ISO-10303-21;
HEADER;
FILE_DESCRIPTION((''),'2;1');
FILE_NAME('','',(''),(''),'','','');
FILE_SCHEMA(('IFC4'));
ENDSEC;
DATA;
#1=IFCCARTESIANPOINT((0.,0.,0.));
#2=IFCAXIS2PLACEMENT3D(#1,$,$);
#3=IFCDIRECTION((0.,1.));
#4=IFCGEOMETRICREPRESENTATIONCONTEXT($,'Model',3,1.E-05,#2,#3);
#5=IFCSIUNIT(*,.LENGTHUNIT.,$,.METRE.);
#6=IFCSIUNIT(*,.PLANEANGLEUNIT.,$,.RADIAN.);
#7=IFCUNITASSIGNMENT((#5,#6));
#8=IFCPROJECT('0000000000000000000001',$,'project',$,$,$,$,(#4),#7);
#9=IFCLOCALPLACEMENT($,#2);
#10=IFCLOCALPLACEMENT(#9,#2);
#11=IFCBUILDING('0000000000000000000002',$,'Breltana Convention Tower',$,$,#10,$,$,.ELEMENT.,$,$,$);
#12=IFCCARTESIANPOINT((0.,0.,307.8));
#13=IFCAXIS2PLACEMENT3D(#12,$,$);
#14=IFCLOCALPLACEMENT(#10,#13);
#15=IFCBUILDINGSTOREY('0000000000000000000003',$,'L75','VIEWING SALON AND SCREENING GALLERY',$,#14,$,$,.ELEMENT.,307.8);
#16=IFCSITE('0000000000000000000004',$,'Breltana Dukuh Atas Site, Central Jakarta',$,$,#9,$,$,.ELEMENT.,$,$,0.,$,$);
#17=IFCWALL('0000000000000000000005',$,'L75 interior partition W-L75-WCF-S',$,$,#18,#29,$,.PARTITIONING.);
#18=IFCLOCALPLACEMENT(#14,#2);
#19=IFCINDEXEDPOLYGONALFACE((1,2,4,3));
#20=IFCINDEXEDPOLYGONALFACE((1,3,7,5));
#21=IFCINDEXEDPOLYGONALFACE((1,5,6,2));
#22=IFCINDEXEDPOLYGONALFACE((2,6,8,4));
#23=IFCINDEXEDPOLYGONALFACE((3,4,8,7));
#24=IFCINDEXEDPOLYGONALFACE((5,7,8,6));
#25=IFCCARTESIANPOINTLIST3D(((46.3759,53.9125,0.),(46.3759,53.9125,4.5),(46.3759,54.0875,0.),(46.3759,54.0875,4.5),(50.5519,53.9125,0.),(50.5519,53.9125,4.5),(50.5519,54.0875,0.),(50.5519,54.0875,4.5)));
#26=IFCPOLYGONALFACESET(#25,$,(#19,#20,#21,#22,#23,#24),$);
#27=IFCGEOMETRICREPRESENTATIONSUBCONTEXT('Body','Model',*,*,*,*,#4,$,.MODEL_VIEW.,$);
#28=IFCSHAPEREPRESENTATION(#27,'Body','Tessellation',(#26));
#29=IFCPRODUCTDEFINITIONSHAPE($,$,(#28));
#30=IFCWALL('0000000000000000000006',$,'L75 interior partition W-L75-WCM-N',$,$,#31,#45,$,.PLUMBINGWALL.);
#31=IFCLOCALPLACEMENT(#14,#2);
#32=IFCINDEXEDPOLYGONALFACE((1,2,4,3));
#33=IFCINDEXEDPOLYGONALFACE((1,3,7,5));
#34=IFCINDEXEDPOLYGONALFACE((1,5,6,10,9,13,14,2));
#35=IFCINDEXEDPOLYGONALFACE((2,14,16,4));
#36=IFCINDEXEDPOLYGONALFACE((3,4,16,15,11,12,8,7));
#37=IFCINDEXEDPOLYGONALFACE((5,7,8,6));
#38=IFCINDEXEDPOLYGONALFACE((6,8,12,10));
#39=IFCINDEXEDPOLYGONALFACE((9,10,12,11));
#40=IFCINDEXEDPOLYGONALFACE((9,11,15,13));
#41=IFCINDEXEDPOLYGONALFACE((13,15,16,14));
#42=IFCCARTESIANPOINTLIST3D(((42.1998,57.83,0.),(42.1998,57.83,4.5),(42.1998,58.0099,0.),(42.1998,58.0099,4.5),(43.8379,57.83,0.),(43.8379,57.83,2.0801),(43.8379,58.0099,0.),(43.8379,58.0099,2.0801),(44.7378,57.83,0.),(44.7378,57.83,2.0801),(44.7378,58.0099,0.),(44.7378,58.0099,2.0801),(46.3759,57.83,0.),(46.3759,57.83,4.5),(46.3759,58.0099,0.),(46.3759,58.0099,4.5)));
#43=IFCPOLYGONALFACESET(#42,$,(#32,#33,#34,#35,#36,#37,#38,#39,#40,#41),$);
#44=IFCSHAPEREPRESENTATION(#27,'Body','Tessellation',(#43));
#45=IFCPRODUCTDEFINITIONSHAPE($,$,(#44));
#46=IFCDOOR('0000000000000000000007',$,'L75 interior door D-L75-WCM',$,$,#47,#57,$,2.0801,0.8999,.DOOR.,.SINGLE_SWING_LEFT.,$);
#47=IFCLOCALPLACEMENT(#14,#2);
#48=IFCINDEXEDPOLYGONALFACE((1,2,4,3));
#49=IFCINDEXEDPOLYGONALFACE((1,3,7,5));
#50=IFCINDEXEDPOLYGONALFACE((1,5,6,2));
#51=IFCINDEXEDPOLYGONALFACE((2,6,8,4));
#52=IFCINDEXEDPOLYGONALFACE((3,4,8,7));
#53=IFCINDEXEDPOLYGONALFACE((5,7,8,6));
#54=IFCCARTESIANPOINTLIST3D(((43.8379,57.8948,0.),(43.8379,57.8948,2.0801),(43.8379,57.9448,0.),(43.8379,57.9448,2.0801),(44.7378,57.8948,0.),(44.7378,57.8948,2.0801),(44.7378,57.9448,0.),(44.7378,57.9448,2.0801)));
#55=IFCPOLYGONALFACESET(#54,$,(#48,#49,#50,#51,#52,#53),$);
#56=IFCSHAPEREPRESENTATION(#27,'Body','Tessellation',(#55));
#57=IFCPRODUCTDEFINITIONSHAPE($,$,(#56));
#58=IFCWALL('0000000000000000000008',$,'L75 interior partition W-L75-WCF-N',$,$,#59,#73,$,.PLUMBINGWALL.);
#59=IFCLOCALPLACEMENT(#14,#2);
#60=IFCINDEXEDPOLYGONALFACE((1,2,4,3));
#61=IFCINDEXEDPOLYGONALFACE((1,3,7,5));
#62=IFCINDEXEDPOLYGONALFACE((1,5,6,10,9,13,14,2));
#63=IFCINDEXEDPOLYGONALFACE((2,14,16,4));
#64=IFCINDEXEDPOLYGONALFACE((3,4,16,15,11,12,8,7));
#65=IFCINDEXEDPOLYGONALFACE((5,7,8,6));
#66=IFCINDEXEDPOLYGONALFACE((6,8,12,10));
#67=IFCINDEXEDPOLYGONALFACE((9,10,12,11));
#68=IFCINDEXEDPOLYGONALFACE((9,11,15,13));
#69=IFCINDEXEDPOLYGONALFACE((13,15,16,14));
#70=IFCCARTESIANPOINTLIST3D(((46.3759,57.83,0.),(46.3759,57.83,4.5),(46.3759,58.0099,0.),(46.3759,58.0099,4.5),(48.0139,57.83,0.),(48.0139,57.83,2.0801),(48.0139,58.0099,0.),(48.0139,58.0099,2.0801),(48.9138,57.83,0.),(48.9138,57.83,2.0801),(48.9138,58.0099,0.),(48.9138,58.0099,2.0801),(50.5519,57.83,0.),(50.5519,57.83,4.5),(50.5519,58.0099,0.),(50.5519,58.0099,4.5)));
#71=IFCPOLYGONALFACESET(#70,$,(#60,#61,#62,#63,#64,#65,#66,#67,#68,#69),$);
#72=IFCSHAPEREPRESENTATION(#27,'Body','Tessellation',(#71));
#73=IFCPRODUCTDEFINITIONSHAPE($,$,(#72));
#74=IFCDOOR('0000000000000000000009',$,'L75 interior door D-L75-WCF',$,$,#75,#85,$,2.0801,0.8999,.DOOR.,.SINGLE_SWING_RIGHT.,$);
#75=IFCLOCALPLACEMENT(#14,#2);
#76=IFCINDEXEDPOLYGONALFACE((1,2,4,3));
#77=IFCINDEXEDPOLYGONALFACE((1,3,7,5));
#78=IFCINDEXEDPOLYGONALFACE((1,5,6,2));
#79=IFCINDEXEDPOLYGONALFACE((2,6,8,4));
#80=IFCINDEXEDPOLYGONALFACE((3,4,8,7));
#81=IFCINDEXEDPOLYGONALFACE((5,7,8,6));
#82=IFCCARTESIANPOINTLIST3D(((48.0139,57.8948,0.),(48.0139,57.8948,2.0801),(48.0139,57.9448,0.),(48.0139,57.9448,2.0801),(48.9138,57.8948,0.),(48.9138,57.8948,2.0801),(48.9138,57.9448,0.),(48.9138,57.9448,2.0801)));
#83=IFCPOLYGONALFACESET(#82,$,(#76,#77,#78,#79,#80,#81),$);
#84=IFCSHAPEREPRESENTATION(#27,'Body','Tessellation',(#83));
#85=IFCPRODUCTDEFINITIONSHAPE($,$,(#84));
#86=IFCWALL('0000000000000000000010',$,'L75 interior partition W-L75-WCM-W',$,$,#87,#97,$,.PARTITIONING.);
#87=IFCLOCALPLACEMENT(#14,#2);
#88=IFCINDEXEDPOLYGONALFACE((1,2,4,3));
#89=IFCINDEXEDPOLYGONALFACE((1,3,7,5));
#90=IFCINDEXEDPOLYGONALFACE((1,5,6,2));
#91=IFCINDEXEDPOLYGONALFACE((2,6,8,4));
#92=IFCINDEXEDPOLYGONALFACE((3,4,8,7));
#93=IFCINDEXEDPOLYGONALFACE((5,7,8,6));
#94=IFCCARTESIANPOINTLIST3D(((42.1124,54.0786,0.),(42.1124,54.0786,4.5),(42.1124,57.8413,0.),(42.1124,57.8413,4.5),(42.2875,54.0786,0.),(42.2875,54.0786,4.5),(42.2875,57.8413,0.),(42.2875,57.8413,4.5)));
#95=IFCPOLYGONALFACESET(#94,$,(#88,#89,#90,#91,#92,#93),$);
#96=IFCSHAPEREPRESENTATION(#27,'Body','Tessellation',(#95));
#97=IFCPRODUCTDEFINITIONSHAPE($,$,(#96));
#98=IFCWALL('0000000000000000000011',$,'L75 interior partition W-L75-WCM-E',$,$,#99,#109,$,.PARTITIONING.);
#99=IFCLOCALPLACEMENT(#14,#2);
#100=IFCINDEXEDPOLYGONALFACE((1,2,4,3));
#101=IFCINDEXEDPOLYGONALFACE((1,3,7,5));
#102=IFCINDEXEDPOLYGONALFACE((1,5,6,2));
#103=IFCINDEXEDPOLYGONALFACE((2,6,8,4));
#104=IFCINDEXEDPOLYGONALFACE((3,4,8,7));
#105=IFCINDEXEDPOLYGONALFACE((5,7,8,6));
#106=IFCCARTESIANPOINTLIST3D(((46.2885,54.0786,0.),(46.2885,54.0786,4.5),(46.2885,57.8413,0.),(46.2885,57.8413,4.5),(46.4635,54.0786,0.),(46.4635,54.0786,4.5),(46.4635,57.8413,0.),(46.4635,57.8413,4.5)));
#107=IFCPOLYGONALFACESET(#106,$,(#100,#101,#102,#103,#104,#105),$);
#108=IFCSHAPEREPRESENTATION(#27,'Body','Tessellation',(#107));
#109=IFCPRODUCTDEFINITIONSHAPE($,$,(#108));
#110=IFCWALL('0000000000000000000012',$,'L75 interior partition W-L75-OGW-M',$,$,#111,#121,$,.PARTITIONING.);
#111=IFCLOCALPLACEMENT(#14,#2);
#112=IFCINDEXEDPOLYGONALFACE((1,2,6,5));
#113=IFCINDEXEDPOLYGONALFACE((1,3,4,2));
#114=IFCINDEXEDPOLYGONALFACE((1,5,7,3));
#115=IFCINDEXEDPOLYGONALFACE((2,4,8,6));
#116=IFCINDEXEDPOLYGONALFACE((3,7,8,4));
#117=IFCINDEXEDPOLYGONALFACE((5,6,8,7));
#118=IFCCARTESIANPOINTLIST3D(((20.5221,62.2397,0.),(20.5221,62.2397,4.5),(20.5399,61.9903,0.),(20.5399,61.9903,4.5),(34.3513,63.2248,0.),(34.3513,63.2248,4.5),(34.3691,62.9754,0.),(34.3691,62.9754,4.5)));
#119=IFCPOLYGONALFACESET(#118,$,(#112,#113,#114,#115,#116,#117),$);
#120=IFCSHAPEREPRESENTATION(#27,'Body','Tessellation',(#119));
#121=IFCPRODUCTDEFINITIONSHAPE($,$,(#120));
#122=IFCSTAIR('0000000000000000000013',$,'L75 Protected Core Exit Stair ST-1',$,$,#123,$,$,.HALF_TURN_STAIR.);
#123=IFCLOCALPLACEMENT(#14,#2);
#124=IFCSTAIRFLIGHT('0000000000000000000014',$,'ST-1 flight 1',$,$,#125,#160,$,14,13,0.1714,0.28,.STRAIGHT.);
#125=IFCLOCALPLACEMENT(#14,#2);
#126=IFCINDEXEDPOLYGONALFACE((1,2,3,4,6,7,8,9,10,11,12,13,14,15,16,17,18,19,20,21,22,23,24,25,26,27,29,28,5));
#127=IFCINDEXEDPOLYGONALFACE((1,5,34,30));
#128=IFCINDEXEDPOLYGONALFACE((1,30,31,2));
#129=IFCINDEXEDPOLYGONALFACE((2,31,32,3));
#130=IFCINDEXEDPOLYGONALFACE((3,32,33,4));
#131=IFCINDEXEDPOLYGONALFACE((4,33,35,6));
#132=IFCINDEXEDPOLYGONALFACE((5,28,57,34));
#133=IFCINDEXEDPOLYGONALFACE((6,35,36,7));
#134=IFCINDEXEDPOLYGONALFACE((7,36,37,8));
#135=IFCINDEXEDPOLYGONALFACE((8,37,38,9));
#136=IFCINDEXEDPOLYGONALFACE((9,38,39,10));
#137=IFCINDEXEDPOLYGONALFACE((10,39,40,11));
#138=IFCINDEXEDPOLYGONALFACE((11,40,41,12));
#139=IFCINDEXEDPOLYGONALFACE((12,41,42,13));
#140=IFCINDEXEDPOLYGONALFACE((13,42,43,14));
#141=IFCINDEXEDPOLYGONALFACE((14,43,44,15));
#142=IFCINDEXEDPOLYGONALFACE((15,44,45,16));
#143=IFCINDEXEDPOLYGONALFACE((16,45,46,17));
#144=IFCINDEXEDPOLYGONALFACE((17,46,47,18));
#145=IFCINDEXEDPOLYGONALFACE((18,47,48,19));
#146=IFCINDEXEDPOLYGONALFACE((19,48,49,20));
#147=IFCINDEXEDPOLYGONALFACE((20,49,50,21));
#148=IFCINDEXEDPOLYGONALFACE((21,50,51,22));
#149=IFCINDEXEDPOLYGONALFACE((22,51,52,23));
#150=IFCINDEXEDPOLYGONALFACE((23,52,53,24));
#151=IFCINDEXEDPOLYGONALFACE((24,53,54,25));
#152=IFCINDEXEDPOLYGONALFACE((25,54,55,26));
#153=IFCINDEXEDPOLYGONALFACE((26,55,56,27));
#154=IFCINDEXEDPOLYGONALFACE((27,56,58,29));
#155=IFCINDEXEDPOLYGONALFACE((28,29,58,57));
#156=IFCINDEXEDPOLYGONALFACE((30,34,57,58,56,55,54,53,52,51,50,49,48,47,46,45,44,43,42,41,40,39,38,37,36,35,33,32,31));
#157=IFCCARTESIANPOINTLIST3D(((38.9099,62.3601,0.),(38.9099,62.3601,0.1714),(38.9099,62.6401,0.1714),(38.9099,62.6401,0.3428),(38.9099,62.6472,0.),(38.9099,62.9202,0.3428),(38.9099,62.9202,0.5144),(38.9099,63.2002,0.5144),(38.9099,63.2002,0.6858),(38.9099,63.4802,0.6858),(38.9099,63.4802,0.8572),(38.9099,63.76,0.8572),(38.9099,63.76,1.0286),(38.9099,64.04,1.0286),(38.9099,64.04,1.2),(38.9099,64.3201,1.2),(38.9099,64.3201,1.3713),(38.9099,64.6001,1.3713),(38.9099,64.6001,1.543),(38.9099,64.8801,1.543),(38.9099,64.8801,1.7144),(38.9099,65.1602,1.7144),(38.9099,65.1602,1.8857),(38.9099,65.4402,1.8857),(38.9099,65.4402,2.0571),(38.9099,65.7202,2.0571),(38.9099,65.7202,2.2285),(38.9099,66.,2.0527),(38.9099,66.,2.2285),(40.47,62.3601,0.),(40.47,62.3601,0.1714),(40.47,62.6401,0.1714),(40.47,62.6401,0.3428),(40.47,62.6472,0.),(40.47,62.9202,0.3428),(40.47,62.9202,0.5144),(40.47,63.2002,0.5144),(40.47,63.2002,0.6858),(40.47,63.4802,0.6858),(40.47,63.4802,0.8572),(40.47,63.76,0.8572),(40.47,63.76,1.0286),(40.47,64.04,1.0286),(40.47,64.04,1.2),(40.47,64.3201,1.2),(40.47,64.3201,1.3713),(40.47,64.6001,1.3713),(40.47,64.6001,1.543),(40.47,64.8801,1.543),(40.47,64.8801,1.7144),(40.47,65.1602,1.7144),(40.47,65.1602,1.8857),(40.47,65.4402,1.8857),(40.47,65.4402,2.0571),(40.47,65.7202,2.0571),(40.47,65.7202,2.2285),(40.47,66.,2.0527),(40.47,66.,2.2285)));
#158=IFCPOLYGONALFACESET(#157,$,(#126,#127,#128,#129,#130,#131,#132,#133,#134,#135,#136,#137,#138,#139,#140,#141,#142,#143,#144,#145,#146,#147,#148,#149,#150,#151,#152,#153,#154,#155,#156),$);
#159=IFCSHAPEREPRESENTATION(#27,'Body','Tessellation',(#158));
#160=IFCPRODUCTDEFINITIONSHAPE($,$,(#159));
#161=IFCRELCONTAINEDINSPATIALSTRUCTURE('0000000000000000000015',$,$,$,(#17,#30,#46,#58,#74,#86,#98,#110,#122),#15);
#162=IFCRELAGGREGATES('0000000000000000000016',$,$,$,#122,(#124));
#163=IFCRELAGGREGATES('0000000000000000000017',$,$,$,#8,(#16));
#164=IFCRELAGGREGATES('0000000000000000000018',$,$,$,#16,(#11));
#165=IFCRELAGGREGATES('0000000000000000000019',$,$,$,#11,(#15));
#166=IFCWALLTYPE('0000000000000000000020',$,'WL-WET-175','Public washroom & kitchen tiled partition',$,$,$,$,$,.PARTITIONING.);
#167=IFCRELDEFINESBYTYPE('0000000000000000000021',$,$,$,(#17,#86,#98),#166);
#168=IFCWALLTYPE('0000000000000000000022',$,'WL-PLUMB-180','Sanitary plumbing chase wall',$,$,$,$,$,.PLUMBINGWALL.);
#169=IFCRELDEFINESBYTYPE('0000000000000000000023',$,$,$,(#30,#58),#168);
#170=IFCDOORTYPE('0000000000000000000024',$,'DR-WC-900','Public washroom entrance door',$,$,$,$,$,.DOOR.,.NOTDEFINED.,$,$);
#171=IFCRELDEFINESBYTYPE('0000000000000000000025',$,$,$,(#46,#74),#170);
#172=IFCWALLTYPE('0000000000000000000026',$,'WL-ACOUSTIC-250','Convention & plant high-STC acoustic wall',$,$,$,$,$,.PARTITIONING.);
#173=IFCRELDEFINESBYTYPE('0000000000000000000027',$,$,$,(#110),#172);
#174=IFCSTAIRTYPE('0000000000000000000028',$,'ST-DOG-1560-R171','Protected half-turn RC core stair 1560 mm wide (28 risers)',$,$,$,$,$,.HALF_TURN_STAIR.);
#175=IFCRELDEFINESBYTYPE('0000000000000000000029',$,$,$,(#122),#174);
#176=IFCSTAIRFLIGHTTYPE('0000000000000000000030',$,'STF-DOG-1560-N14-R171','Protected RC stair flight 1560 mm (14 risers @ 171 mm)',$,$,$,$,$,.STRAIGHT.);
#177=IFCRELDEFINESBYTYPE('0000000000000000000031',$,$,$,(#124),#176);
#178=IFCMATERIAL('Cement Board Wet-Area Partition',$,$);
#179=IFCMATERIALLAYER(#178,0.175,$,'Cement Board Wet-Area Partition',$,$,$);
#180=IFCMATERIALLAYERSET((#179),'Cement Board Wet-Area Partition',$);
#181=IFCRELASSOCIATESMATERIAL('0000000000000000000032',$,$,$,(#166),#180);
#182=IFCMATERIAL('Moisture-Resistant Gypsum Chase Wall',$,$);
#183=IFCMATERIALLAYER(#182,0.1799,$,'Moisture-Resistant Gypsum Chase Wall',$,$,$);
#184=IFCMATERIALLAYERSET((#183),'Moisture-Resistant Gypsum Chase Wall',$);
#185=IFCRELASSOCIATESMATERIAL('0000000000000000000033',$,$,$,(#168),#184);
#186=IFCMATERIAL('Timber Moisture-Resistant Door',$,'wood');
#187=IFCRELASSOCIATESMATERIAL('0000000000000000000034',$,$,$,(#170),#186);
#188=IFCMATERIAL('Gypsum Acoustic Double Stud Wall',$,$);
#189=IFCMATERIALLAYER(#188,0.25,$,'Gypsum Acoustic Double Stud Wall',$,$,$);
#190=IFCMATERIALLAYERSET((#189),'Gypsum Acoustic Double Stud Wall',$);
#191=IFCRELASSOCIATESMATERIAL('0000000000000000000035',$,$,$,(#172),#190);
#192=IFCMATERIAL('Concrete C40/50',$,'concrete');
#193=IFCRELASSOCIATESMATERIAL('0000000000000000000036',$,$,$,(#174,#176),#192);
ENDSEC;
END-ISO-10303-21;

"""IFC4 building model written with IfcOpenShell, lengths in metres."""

from ifc_helpers import new_model, si_unit, direction, frame, frame_2d, origin, place, context, subcontext, project, spatial, polyline, rectangle, outline, extrude, source, transform, mapped, material, layer, layer_set, type_object, type_shapes, element, fill, aggregate, save


model = new_model("IFC4")

# Units and contexts
model_context = context("Model", 3, precision=1e-05, world=origin(), true_north=direction((0.0, 1.0)))
body_context = subcontext(model_context, "Body", "Model", "MODEL_VIEW")
ifc_project = project(units=[si_unit("LENGTHUNIT", "METRE"), si_unit("PLANEANGLEUNIT", "RADIAN")], contexts=[model_context])

# Site, building, storey
site_placement = place(None, origin())
site = spatial("IfcSite", under=ifc_project, at=site_placement, Name="Breltana Dukuh Atas Site, Central Jakarta", CompositionType="ELEMENT", RefElevation=0.0)
building_placement = place(site_placement, origin())
building = spatial("IfcBuilding", under=site, at=building_placement, Name="Breltana Convention Tower", CompositionType="ELEMENT")
storey_placement = place(building_placement, frame((0.0, 0.0, 307.8)))
storey = spatial("IfcBuildingStorey", under=building, at=storey_placement, Name="L75", Description="VIEWING SALON AND SCREENING GALLERY", CompositionType="ELEMENT", Elevation=307.8)

# Wall
ifc_material_1 = material(Name="Cement Board Wet-Area Partition")
ifc_layer_1 = layer(ifc_material_1, 0.175, Name="Cement Board Wet-Area Partition")
ifc_layer_set_1 = layer_set([ifc_layer_1], Name="Cement Board Wet-Area Partition")
wall_type_1 = type_object("IfcWallType", Name="WL-WET-175", Description="Public washroom & kitchen tiled partition", PredefinedType="PARTITIONING", material=ifc_layer_set_1)
shared_shape_1 = source(origin(), body_context, "Body", "SweptSolid", [
    extrude(rectangle(XDim=4.176, YDim=0.175, at=frame_2d((2.0879, 0.0))), origin(), (0.0, 0.0, 1.0), 4.5),
])
for number, where, z_axis, x_axis, name in (
    (1, (46.376, 54.0, 0.0), (0.0, 0.0, 1.0), (1.0, 0.0, 0.0), "L75 interior partition W-L75-WCF-S"),
):
    element("IfcWall", number, at=place(storey_placement, frame(where, z_axis=z_axis, x_axis=x_axis)), inside=storey, type_object=wall_type_1, Name=name, PredefinedType="PARTITIONING", context=body_context, shape_type="MappedRepresentation", body=[
        mapped(shared_shape_1, transform((0.0, 0.0, 0.0), scale=1.0)),
    ])

# Walls, openings, doors
ifc_material_2 = material(Name="Moisture-Resistant Gypsum Chase Wall")
ifc_layer_2 = layer(ifc_material_2, 0.1799, Name="Moisture-Resistant Gypsum Chase Wall")
ifc_layer_set_2 = layer_set([ifc_layer_2], Name="Moisture-Resistant Gypsum Chase Wall")
wall_type_2 = type_object("IfcWallType", Name="WL-PLUMB-180", Description="Sanitary plumbing chase wall", PredefinedType="PLUMBINGWALL", material=ifc_layer_set_2)
shared_shape_2 = source(origin(), body_context, "Body", "SweptSolid", [
    extrude(rectangle(XDim=4.176, YDim=0.1799, at=frame_2d((2.0879, 0.0))), origin(), (0.0, 0.0, 1.0), 4.5),
])
wall_1_placement = place(storey_placement, frame((42.2, 57.9199, 0.0), z_axis=(0.0, 0.0, 1.0), x_axis=(1.0, 0.0, 0.0)))
wall_1 = element("IfcWall", 2, at=wall_1_placement, inside=storey, type_object=wall_type_2, Name="L75 interior partition W-L75-WCM-N", PredefinedType="PLUMBINGWALL", context=body_context, shape_type="MappedRepresentation", body=[
    mapped(shared_shape_2, transform((0.0, 0.0, 0.0), scale=1.0)),
])
opening_1_placement = place(wall_1_placement, frame((1.6379, 0.0, 0.0)))
opening_1 = element("IfcOpeningElement", 3, at=opening_1_placement, cuts=wall_1, PredefinedType="OPENING", context=body_context, shape_type="SweptSolid", body=[
    extrude(rectangle(XDim=0.8999, YDim=2.0801, at=frame_2d((0.45, 1.04))), frame((0.0, 0.1001, 0.0), z_axis=(0.0, -1.0, 0.0), x_axis=(1.0, 0.0, 0.0)), (0.0, 0.0, 1.0), 0.2),
])
ifc_material_3 = material(Name="Timber Moisture-Resistant Door", Category="wood")
door_type_1 = type_object("IfcDoorType", Name="DR-WC-900", Description="Public washroom entrance door", OperationType="NOTDEFINED", PredefinedType="DOOR", material=ifc_material_3)
shared_shape_3 = source(origin(), body_context, "Body", "SweptSolid", [
    extrude(rectangle(XDim=0.8999, YDim=2.0801, at=frame_2d((0.45, 1.04))), frame((0.0, 0.0249, 0.0), z_axis=(0.0, -1.0, 0.0), x_axis=(1.0, 0.0, 0.0)), (0.0, 0.0, 1.0), 0.05),
])
type_shapes(door_type_1, [shared_shape_3])
door_1_placement = place(opening_1_placement, origin())
door_1 = element("IfcDoor", 4, at=door_1_placement, inside=storey, type_object=door_type_1, Name="L75 interior door D-L75-WCM", OperationType="SINGLE_SWING_LEFT", OverallHeight=2.0801, OverallWidth=0.8999, PredefinedType="DOOR", context=body_context, shape_type="MappedRepresentation", body=[
    mapped(shared_shape_3, transform((0.0, 0.0, 0.0), scale=1.0)),
])
fill(opening_1, door_1)
wall_2_placement = place(storey_placement, frame((46.376, 57.9199, 0.0), z_axis=(0.0, 0.0, 1.0), x_axis=(1.0, 0.0, 0.0)))
wall_2 = element("IfcWall", 5, at=wall_2_placement, inside=storey, type_object=wall_type_2, Name="L75 interior partition W-L75-WCF-N", PredefinedType="PLUMBINGWALL", context=body_context, shape_type="MappedRepresentation", body=[
    mapped(shared_shape_2, transform((0.0, 0.0, 0.0), scale=1.0)),
])
opening_2_placement = place(wall_2_placement, frame((1.6379, 0.0, 0.0)))
opening_2 = element("IfcOpeningElement", 6, at=opening_2_placement, cuts=wall_2, PredefinedType="OPENING", context=body_context, shape_type="SweptSolid", body=[
    extrude(rectangle(XDim=0.8999, YDim=2.0801, at=frame_2d((0.45, 1.04))), frame((0.0, 0.1001, 0.0), z_axis=(0.0, -1.0, 0.0), x_axis=(1.0, 0.0, 0.0)), (0.0, 0.0, 1.0), 0.2),
])
door_2_placement = place(opening_2_placement, origin())
door_2 = element("IfcDoor", 7, at=door_2_placement, inside=storey, type_object=door_type_1, Name="L75 interior door D-L75-WCF", OperationType="SINGLE_SWING_RIGHT", OverallHeight=2.0801, OverallWidth=0.8999, PredefinedType="DOOR", context=body_context, shape_type="MappedRepresentation", body=[
    mapped(shared_shape_3, transform((0.0, 0.0, 0.0), scale=1.0)),
])
fill(opening_2, door_2)

# Walls
shared_shape_4 = source(origin(), body_context, "Body", "SweptSolid", [
    extrude(rectangle(XDim=3.7627, YDim=0.175, at=frame_2d((1.8813, 0.0))), origin(), (0.0, 0.0, 1.0), 4.5),
])
for number, where, z_axis, x_axis, name in (
    (8, (42.2, 54.0786, 0.0), (0.0, 0.0, 1.0), (0.0, 1.0, 0.0), "L75 interior partition W-L75-WCM-W"),
    (9, (46.376, 54.0786, 0.0), (0.0, 0.0, 1.0), (0.0, 1.0, 0.0), "L75 interior partition W-L75-WCM-E"),
):
    element("IfcWall", number, at=place(storey_placement, frame(where, z_axis=z_axis, x_axis=x_axis)), inside=storey, type_object=wall_type_1, Name=name, PredefinedType="PARTITIONING", context=body_context, shape_type="MappedRepresentation", body=[
        mapped(shared_shape_4, transform((0.0, 0.0, 0.0), scale=1.0)),
    ])
ifc_material_4 = material(Name="Gypsum Acoustic Double Stud Wall")
ifc_layer_3 = layer(ifc_material_4, 0.25, Name="Gypsum Acoustic Double Stud Wall")
ifc_layer_set_3 = layer_set([ifc_layer_3], Name="Gypsum Acoustic Double Stud Wall")
wall_type_3 = type_object("IfcWallType", Name="WL-ACOUSTIC-250", Description="Convention & plant high-STC acoustic wall", PredefinedType="PARTITIONING", material=ifc_layer_set_3)
shared_shape_5 = source(origin(), body_context, "Body", "SweptSolid", [
    extrude(rectangle(XDim=13.8643, YDim=0.25, at=frame_2d((6.9321, 0.0))), origin(), (0.0, 0.0, 1.0), 4.5),
])
wall_3_placement = place(storey_placement, frame((20.531, 62.115, 0.0), z_axis=(0.0, 0.0, 1.0), x_axis=(0.997472, 0.071054, 0.0)))
element("IfcWall", 10, at=wall_3_placement, inside=storey, type_object=wall_type_3, Name="L75 interior partition W-L75-OGW-M", PredefinedType="PARTITIONING", context=body_context, shape_type="MappedRepresentation", body=[
    mapped(shared_shape_5, transform((0.0, 0.0, 0.0), scale=1.0)),
])

# Stair, stair flight
ifc_material_5 = material(Name="Concrete C40/50", Category="concrete")
stair_type = type_object("IfcStairType", Name="ST-DOG-1560-R171", Description="Protected half-turn RC core stair 1560 mm wide (28 risers)", PredefinedType="HALF_TURN_STAIR", material=ifc_material_5)
stair_placement = place(storey_placement, origin())
stair = element("IfcStair", 11, at=stair_placement, inside=storey, type_object=stair_type, Name="L75 Protected Core Exit Stair ST-1", PredefinedType="HALF_TURN_STAIR")
stair_flight_type = type_object("IfcStairFlightType", Name="STF-DOG-1560-N14-R171", Description="Protected RC stair flight 1560 mm (14 risers @ 171 mm)", PredefinedType="STRAIGHT", material=ifc_material_5)
stair_flight_placement = place(storey_placement, frame((39.6899, 62.3601, 0.0), z_axis=(0.0, 0.0, 1.0), x_axis=(0.0, 1.0, 0.0)))
stair_flight = element("IfcStairFlight", 12, at=stair_flight_placement, type_object=stair_flight_type, Name="ST-1 flight 1", NumberOfRisers=14, NumberOfTreads=13, PredefinedType="STRAIGHT", RiserHeight=0.1714, TreadLength=0.28, context=body_context, shape_type="SweptSolid", body=[
    extrude(outline(polyline([(0.0, 0.0), (0.0, 0.1714), (0.28, 0.1714), (0.28, 0.3428), (0.5601, 0.3428), (0.5601, 0.5144), (0.8401, 0.5144), (0.8401, 0.6858), (1.1201, 0.6858), (1.1201, 0.8572), (1.3999, 0.8572), (1.3999, 1.0286), (1.6799, 1.0286), (1.6799, 1.2), (1.96, 1.2), (1.96, 1.3713), (2.24, 1.3713), (2.24, 1.543), (2.52, 1.543), (2.52, 1.7144), (2.8, 1.7144), (2.8, 1.8857), (3.0801, 1.8857), (3.0801, 2.0571), (3.3601, 2.0571), (3.3601, 2.2285), (3.6399, 2.2285), (3.6399, 2.3999), (3.6399, 2.0527), (0.2871, 0.0), (0.0, 0.0)])), frame((0.0, 0.78, 0.0), z_axis=(0.0, -1.0, 0.0), x_axis=(1.0, 0.0, 0.0)), (0.0, 0.0, 1.0), 1.5601),
])
aggregate(stair, [stair_flight])

save(model, "model.ifc")
